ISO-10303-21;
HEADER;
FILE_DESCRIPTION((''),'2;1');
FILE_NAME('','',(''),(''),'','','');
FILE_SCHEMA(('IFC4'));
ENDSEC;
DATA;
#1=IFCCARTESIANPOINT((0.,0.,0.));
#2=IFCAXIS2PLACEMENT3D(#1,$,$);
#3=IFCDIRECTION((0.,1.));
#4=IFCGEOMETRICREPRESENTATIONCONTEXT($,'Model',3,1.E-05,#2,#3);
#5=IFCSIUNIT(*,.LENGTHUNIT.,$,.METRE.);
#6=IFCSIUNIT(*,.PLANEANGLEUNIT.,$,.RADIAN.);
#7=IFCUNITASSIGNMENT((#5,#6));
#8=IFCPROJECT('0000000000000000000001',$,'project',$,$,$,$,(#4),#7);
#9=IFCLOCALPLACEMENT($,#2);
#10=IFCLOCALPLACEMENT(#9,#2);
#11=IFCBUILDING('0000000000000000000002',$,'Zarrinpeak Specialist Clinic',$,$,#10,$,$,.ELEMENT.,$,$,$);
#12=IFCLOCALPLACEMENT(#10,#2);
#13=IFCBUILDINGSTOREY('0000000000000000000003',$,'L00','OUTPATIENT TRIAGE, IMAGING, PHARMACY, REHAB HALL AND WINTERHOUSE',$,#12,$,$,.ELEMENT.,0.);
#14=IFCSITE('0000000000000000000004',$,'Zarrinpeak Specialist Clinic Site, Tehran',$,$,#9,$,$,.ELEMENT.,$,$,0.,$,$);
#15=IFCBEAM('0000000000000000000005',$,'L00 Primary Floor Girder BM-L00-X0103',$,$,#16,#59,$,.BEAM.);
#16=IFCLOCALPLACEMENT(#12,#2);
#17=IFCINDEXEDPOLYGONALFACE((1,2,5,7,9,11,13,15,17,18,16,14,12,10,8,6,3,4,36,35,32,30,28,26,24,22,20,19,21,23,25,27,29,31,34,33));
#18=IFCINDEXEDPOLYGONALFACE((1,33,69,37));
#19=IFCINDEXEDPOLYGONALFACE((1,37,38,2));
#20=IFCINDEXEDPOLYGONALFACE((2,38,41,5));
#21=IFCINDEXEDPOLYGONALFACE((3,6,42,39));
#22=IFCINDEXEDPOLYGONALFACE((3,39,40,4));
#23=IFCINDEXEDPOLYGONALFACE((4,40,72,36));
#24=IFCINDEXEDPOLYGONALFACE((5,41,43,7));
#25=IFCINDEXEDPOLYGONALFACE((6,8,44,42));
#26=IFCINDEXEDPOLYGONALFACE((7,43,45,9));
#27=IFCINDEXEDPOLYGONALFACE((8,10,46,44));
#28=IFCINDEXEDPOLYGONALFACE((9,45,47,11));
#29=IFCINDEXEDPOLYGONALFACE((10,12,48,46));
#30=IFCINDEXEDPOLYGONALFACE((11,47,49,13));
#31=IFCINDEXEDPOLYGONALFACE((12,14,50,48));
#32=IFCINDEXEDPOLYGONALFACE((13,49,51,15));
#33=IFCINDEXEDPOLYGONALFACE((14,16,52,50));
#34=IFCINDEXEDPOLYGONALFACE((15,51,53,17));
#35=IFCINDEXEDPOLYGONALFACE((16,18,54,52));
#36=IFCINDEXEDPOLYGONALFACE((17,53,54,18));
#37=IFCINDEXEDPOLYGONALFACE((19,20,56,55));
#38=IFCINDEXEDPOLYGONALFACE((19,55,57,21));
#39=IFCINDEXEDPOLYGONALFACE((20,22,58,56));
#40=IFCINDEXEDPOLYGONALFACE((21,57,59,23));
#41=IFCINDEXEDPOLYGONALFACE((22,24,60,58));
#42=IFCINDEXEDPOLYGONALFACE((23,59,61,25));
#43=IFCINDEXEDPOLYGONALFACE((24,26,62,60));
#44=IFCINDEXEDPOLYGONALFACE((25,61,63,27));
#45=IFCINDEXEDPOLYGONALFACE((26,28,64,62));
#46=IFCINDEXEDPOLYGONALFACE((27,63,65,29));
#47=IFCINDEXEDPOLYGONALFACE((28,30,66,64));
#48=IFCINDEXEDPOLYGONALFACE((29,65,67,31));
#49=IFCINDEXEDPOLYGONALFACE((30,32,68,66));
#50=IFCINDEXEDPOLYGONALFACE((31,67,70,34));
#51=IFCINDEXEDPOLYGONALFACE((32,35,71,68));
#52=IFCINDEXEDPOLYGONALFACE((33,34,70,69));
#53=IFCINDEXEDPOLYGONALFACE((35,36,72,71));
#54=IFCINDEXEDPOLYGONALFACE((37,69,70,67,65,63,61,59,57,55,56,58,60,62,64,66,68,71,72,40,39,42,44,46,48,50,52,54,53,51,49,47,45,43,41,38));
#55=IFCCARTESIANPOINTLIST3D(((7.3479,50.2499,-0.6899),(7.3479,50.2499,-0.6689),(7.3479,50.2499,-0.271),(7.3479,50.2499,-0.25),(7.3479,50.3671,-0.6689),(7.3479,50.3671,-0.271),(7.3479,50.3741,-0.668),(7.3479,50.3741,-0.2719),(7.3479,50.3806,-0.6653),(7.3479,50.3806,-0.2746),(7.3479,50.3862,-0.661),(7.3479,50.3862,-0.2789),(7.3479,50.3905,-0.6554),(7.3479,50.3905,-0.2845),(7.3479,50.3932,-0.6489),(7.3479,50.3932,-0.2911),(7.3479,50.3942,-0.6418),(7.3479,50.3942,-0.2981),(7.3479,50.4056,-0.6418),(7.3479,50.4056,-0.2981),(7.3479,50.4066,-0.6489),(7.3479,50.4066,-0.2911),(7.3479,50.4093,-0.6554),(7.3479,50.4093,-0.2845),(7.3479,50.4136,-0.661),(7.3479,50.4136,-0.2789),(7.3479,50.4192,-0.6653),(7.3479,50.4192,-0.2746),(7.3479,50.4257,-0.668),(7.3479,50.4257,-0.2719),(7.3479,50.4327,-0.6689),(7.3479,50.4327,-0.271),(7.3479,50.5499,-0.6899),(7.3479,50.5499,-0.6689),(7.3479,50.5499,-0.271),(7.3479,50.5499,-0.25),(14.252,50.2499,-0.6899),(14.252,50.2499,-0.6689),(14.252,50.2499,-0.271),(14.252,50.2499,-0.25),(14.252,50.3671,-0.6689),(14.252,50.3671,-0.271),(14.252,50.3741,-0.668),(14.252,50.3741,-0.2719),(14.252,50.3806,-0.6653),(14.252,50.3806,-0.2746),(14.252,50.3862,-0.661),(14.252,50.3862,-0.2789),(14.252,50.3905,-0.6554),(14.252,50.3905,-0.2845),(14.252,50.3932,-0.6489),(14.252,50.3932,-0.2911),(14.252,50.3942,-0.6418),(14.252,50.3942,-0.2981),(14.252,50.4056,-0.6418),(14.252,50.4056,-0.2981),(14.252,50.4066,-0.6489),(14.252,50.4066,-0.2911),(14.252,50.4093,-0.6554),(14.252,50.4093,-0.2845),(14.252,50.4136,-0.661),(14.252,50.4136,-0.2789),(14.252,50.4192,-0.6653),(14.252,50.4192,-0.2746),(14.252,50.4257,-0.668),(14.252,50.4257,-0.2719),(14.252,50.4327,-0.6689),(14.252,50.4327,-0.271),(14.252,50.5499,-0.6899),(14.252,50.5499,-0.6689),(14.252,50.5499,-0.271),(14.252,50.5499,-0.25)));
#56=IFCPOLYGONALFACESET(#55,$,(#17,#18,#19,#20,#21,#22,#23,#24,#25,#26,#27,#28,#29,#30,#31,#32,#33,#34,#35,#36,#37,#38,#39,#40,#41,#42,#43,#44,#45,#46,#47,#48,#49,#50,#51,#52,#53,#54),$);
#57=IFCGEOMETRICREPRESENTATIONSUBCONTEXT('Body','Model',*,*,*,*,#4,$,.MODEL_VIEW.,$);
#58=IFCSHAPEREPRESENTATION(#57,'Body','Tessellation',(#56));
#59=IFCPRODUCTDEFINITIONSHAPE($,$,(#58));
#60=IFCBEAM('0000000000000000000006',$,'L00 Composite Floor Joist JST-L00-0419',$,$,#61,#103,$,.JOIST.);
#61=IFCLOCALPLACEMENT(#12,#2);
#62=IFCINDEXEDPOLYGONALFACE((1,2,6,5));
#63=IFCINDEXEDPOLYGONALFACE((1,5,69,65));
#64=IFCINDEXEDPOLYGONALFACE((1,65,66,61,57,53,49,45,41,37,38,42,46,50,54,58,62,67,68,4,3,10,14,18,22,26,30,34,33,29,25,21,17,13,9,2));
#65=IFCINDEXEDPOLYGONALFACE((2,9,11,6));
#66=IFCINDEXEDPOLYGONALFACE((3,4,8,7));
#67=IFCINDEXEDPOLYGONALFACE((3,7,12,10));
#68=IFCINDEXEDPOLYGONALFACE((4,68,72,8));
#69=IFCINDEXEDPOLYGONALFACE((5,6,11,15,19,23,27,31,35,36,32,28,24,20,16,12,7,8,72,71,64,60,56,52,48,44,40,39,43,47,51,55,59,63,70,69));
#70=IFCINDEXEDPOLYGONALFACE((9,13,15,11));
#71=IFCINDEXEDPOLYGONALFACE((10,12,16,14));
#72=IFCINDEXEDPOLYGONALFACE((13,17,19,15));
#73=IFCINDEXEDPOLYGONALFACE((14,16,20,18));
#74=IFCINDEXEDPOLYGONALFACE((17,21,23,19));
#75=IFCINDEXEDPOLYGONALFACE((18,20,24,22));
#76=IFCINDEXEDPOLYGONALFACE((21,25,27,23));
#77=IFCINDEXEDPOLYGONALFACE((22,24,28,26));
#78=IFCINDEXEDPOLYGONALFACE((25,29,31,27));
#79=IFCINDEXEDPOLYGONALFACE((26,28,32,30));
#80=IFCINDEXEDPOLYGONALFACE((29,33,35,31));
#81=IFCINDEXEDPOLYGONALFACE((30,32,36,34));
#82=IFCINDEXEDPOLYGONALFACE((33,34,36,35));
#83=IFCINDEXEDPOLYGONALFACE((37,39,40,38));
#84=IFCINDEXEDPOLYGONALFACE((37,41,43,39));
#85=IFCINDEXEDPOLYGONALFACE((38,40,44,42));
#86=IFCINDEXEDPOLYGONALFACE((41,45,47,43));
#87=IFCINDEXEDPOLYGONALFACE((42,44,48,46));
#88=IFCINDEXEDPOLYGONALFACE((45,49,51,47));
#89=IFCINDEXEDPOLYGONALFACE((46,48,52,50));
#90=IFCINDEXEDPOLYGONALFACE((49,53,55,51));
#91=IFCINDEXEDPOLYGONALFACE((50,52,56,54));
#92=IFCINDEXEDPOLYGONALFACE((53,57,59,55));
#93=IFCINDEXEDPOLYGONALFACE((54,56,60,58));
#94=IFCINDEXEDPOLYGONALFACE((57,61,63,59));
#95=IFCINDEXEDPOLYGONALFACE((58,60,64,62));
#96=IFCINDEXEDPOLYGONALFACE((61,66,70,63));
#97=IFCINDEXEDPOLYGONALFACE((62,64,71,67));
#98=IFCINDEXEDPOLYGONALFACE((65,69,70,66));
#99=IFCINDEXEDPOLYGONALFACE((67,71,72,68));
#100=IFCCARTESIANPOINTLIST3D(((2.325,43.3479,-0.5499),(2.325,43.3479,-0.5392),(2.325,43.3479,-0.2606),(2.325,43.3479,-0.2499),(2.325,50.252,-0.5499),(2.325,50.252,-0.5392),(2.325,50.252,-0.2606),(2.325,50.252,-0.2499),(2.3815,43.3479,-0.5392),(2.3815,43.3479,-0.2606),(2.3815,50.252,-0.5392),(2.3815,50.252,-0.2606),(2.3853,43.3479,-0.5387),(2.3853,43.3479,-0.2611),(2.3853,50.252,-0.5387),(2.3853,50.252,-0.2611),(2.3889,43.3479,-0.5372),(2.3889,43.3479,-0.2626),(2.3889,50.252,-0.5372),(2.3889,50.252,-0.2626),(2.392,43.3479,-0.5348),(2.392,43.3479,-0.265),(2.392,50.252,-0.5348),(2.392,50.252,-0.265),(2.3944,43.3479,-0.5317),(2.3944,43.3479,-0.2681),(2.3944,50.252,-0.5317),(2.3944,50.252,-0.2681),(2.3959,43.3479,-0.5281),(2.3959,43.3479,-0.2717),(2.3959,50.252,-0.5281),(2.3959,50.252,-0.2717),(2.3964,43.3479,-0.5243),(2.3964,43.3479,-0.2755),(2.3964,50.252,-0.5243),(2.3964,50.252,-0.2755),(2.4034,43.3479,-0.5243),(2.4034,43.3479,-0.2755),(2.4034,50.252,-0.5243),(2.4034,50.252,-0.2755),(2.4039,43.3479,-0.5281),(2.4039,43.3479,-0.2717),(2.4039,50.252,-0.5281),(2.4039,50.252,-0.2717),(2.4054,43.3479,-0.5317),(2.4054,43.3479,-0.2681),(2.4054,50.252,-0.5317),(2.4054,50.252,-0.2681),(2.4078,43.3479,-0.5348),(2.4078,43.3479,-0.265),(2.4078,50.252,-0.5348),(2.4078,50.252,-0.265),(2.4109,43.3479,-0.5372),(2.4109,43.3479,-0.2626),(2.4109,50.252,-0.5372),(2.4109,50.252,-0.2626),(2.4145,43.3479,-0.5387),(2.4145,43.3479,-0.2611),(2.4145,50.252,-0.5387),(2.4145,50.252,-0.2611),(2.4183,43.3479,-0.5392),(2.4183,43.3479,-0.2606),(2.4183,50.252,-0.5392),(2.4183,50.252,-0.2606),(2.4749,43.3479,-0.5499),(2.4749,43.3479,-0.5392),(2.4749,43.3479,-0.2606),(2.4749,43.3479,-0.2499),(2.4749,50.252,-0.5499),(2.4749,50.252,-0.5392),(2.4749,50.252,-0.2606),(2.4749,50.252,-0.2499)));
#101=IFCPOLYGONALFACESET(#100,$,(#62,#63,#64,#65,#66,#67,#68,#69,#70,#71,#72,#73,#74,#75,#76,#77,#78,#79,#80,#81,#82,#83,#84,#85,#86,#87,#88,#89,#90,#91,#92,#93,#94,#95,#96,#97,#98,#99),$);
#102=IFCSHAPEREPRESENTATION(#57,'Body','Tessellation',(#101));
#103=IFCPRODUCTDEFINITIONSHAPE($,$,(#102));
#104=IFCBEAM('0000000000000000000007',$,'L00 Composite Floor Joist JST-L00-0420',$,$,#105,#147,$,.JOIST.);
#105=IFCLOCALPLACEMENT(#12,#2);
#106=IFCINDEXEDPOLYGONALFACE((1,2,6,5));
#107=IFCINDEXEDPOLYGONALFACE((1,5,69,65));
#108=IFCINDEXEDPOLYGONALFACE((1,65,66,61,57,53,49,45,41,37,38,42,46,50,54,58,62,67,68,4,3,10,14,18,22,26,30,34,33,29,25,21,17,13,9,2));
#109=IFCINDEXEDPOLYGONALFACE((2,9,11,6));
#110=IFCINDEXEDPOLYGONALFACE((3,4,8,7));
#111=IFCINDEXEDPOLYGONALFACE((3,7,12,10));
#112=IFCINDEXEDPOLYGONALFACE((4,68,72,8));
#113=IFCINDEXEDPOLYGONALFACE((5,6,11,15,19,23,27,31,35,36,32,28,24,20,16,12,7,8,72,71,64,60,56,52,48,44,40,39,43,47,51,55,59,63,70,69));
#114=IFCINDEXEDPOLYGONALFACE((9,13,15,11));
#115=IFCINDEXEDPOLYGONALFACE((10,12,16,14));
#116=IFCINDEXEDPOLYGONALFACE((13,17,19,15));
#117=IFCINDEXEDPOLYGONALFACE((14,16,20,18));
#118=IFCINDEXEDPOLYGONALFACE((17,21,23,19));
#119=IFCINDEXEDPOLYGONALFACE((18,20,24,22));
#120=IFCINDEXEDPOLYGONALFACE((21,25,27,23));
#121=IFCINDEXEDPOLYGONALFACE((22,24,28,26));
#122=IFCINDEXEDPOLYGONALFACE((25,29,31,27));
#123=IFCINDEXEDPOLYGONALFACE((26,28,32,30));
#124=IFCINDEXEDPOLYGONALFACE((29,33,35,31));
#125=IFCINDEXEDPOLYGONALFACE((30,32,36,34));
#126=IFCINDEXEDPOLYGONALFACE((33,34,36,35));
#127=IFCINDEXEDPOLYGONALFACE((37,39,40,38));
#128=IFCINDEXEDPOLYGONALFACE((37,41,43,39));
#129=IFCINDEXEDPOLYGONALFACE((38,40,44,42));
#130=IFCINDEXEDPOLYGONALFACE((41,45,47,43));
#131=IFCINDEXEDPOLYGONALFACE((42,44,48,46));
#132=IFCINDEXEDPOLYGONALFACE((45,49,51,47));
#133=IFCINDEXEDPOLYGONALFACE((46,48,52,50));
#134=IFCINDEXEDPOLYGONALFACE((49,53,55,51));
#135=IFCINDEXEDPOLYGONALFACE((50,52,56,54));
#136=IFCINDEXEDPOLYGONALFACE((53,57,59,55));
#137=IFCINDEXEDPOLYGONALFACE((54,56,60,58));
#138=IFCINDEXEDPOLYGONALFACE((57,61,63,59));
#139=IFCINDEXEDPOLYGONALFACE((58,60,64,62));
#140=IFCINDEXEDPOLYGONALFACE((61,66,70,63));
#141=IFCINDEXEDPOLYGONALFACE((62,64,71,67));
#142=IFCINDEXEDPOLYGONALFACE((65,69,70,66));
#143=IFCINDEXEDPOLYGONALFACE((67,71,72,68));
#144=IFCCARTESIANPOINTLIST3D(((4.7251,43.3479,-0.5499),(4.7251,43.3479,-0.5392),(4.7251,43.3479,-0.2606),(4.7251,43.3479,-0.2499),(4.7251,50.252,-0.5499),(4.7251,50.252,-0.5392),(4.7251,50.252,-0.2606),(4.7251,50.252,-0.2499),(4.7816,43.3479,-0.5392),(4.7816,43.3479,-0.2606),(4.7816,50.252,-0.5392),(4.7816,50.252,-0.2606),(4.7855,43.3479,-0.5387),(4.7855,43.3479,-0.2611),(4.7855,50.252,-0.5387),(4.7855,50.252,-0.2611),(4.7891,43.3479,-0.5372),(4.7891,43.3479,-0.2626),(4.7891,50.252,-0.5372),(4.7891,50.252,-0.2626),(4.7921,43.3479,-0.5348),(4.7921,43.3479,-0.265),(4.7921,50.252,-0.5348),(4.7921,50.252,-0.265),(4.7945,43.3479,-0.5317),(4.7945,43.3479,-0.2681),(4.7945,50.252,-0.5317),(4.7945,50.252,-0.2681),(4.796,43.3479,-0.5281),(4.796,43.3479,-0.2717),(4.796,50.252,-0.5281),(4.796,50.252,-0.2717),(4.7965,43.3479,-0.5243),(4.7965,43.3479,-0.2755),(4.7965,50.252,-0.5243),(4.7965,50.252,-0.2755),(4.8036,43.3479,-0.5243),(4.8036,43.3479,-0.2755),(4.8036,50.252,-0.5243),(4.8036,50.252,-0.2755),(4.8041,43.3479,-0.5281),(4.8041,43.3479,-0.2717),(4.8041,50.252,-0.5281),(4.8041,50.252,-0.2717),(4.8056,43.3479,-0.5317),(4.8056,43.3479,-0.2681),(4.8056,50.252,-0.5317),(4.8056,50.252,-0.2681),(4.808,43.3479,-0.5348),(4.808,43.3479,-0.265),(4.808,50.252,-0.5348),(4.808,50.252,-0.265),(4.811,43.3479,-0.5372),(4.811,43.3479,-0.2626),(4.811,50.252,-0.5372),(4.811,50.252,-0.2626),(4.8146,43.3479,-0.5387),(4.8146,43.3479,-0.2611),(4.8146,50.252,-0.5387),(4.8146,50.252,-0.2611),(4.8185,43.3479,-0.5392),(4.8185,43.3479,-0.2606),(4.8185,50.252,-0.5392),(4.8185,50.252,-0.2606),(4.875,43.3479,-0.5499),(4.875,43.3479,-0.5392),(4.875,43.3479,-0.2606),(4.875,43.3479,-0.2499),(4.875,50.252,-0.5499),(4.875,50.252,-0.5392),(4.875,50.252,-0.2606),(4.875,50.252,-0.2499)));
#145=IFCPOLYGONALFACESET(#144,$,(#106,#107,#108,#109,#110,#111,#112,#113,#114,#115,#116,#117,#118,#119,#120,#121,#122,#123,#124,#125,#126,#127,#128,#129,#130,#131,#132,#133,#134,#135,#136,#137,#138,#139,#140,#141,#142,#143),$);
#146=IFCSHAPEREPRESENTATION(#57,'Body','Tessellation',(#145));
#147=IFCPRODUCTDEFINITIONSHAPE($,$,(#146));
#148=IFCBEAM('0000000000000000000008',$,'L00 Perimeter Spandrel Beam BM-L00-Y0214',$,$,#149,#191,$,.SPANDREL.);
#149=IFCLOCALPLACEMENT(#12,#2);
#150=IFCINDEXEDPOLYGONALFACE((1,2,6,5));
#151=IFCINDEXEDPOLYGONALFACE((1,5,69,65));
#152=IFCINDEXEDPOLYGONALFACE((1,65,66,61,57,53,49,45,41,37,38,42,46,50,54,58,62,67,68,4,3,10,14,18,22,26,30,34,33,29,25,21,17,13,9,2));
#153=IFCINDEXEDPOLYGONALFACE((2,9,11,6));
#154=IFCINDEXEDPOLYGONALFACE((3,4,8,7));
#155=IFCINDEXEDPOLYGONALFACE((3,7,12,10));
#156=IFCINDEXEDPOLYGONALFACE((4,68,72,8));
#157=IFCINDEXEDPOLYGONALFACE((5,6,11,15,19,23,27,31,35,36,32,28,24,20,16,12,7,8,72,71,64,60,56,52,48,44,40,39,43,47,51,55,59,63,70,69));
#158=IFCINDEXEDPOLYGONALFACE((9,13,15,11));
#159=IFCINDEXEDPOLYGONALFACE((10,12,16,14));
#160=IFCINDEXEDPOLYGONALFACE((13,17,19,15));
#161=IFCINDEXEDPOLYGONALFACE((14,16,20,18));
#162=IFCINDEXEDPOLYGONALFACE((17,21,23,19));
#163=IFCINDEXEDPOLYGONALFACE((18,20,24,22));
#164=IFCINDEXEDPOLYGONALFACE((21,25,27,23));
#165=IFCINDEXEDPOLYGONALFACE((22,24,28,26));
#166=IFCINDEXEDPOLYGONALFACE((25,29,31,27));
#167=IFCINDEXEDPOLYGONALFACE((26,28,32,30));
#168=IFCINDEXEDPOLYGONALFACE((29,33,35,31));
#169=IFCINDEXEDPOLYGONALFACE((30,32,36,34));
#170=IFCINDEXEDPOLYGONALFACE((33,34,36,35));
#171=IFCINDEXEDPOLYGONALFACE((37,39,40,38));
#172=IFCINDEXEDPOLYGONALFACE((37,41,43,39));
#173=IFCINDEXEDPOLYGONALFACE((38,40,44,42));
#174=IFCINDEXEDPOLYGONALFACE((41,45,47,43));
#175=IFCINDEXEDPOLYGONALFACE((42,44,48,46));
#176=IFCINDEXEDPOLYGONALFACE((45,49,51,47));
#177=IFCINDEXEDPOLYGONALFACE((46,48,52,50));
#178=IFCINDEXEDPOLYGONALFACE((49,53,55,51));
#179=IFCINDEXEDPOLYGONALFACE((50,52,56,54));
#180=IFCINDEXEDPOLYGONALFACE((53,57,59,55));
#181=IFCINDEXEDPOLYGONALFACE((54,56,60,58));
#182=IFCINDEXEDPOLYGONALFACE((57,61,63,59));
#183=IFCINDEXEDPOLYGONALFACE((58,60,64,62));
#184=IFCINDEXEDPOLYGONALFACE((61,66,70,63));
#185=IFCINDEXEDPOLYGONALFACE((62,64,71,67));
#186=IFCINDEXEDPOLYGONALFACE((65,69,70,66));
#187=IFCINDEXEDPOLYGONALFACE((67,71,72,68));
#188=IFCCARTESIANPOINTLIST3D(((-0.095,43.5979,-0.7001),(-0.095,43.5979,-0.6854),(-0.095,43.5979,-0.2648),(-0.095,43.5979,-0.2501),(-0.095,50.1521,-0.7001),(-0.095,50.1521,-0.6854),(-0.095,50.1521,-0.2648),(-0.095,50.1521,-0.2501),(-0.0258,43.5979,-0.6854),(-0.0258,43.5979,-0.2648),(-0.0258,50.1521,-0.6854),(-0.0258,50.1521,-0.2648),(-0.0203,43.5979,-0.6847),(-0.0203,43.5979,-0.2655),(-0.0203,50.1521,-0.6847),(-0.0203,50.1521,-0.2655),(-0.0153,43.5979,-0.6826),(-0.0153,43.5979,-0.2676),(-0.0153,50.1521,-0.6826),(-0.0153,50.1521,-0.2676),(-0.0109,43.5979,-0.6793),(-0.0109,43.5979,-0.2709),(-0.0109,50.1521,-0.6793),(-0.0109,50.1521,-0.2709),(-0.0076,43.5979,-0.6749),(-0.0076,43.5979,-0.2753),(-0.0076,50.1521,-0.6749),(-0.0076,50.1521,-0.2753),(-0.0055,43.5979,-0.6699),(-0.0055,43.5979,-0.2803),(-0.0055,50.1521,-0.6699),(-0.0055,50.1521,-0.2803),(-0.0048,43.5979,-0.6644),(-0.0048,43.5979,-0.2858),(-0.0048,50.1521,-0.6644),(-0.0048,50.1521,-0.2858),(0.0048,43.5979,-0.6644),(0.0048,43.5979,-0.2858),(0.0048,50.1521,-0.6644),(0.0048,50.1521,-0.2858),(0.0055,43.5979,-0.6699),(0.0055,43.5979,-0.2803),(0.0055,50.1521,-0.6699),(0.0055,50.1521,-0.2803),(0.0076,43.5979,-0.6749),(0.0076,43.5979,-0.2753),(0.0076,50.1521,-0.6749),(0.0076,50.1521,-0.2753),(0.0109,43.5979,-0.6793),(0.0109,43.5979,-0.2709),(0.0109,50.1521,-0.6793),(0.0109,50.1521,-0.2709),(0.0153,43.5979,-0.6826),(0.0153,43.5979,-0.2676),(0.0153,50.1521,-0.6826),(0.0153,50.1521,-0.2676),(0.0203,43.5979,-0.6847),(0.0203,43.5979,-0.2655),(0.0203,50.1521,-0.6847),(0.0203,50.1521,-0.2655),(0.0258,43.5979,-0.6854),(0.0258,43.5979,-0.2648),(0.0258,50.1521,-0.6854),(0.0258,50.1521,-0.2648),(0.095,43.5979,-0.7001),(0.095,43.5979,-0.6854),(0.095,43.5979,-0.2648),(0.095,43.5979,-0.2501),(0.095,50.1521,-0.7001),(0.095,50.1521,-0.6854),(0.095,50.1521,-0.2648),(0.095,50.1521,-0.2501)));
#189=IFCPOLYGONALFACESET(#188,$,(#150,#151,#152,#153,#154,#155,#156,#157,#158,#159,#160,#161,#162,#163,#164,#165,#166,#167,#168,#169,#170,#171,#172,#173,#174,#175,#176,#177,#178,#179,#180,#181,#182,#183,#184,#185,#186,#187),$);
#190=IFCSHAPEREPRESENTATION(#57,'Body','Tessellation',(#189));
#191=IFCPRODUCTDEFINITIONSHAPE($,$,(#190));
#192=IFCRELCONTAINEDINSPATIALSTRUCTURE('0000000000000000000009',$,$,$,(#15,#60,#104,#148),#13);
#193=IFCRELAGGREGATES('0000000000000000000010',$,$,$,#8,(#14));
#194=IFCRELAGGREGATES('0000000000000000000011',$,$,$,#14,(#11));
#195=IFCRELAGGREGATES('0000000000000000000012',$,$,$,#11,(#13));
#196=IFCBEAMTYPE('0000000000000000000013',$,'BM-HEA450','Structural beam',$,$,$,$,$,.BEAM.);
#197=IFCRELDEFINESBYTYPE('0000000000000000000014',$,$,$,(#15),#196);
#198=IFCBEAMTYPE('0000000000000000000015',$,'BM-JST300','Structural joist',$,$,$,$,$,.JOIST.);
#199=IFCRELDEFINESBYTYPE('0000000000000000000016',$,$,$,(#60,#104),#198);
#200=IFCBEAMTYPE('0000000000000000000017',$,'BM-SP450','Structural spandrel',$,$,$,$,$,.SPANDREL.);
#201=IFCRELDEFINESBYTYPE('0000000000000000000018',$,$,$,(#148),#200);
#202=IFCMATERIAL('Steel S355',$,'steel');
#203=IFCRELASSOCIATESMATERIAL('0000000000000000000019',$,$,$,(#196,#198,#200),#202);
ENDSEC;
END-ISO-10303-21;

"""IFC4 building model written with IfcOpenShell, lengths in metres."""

from ifc_helpers import new_model, si_unit, direction, frame, origin, origin_2d, place, context, subcontext, project, spatial, i_section, extrude, material, material_profile, profile_set, type_object, element, save


model = new_model("IFC4")

# Units and contexts
model_context = context("Model", 3, precision=1e-05, world=origin(), true_north=direction((0.0, 1.0)))
body_context = subcontext(model_context, "Body", "Model", "MODEL_VIEW")
ifc_project = project(units=[si_unit("LENGTHUNIT", "METRE"), si_unit("PLANEANGLEUNIT", "RADIAN")], contexts=[model_context])

# Site, building, storey
site_placement = place(None, origin())
site = spatial("IfcSite", under=ifc_project, at=site_placement, Name="Zarrinpeak Specialist Clinic Site, Tehran", CompositionType="ELEMENT", RefElevation=0.0)
building_placement = place(site_placement, origin())
building = spatial("IfcBuilding", under=site, at=building_placement, Name="Zarrinpeak Specialist Clinic", CompositionType="ELEMENT")
storey_placement = place(building_placement, origin())
storey = spatial("IfcBuildingStorey", under=building, at=storey_placement, Name="L00", Description="OUTPATIENT TRIAGE, IMAGING, PHARMACY, REHAB HALL AND WINTERHOUSE", CompositionType="ELEMENT", Elevation=0.0)

# Shared definitions
ifc_material_1 = material(Name="Steel S355", Category="steel")

# Beams
ifc_material_profile_1 = material_profile(ifc_material_1, i_section(OverallWidth=0.3, OverallDepth=0.4399, WebThickness=0.0115, FlangeThickness=0.021, FilletRadius=0.0271, at=origin_2d()), Name="HEA 450")
ifc_profile_set_1 = profile_set([ifc_material_profile_1], Name="Steel S355")
beam_type_1 = type_object("IfcBeamType", Name="BM-HEA450", Description="Structural beam", PredefinedType="BEAM", material=ifc_profile_set_1)
for number, where, z_axis, x_axis, name in (
    (1, (7.3479, 50.3999, -0.47), (1.0, 0.0, 0.0), (0.0, 1.0, 0.0), "L00 Primary Floor Girder BM-L00-X0103"),
):
    element("IfcBeam", number, at=place(storey_placement, frame(where, z_axis=z_axis, x_axis=x_axis)), inside=storey, type_object=beam_type_1, Name=name, PredefinedType="BEAM", context=body_context, shape_type="SweptSolid", body=[
        extrude(i_section(OverallWidth=0.3, OverallDepth=0.4399, WebThickness=0.0115, FlangeThickness=0.021, FilletRadius=0.0271, at=origin_2d()), origin(), (0.0, 0.0, 1.0), 6.9041),
    ])
ifc_material_profile_2 = material_profile(ifc_material_1, i_section(OverallWidth=0.1499, OverallDepth=0.3, WebThickness=0.0071, FlangeThickness=0.0107, FilletRadius=0.0149, at=origin_2d()), Name="IPE 300")
ifc_profile_set_2 = profile_set([ifc_material_profile_2], Name="Steel S355")
beam_type_2 = type_object("IfcBeamType", Name="BM-JST300", Description="Structural joist", PredefinedType="JOIST", material=ifc_profile_set_2)
for number, where, z_axis, x_axis, name in (
    (2, (2.3999, 43.3479, -0.3999), (0.0, 1.0, 0.0), (-1.0, 0.0, 0.0), "L00 Composite Floor Joist JST-L00-0419"),
    (3, (4.8, 43.3479, -0.3999), (0.0, 1.0, 0.0), (-1.0, 0.0, 0.0), "L00 Composite Floor Joist JST-L00-0420"),
):
    element("IfcBeam", number, at=place(storey_placement, frame(where, z_axis=z_axis, x_axis=x_axis)), inside=storey, type_object=beam_type_2, Name=name, PredefinedType="JOIST", context=body_context, shape_type="SweptSolid", body=[
        extrude(i_section(OverallWidth=0.1499, OverallDepth=0.3, WebThickness=0.0071, FlangeThickness=0.0107, FilletRadius=0.0149, at=origin_2d()), origin(), (0.0, 0.0, 1.0), 6.9041),
    ])
ifc_material_profile_3 = material_profile(ifc_material_1, i_section(OverallWidth=0.1899, OverallDepth=0.45, WebThickness=0.0095, FlangeThickness=0.0146, FilletRadius=0.021, at=origin_2d()), Name="IPE 450")
ifc_profile_set_3 = profile_set([ifc_material_profile_3], Name="Steel S355")
beam_type_3 = type_object("IfcBeamType", Name="BM-SP450", Description="Structural spandrel", PredefinedType="SPANDREL", material=ifc_profile_set_3)
beam_1_placement = place(storey_placement, frame((0.0, 43.5979, -0.4751), z_axis=(0.0, 1.0, 0.0), x_axis=(-1.0, 0.0, 0.0)))
element("IfcBeam", 4, at=beam_1_placement, inside=storey, type_object=beam_type_3, Name="L00 Perimeter Spandrel Beam BM-L00-Y0214", PredefinedType="SPANDREL", context=body_context, shape_type="SweptSolid", body=[
    extrude(i_section(OverallWidth=0.1899, OverallDepth=0.45, WebThickness=0.0095, FlangeThickness=0.0146, FilletRadius=0.021, at=origin_2d()), origin(), (0.0, 0.0, 1.0), 6.5542),
])

save(model, "model.ifc")
